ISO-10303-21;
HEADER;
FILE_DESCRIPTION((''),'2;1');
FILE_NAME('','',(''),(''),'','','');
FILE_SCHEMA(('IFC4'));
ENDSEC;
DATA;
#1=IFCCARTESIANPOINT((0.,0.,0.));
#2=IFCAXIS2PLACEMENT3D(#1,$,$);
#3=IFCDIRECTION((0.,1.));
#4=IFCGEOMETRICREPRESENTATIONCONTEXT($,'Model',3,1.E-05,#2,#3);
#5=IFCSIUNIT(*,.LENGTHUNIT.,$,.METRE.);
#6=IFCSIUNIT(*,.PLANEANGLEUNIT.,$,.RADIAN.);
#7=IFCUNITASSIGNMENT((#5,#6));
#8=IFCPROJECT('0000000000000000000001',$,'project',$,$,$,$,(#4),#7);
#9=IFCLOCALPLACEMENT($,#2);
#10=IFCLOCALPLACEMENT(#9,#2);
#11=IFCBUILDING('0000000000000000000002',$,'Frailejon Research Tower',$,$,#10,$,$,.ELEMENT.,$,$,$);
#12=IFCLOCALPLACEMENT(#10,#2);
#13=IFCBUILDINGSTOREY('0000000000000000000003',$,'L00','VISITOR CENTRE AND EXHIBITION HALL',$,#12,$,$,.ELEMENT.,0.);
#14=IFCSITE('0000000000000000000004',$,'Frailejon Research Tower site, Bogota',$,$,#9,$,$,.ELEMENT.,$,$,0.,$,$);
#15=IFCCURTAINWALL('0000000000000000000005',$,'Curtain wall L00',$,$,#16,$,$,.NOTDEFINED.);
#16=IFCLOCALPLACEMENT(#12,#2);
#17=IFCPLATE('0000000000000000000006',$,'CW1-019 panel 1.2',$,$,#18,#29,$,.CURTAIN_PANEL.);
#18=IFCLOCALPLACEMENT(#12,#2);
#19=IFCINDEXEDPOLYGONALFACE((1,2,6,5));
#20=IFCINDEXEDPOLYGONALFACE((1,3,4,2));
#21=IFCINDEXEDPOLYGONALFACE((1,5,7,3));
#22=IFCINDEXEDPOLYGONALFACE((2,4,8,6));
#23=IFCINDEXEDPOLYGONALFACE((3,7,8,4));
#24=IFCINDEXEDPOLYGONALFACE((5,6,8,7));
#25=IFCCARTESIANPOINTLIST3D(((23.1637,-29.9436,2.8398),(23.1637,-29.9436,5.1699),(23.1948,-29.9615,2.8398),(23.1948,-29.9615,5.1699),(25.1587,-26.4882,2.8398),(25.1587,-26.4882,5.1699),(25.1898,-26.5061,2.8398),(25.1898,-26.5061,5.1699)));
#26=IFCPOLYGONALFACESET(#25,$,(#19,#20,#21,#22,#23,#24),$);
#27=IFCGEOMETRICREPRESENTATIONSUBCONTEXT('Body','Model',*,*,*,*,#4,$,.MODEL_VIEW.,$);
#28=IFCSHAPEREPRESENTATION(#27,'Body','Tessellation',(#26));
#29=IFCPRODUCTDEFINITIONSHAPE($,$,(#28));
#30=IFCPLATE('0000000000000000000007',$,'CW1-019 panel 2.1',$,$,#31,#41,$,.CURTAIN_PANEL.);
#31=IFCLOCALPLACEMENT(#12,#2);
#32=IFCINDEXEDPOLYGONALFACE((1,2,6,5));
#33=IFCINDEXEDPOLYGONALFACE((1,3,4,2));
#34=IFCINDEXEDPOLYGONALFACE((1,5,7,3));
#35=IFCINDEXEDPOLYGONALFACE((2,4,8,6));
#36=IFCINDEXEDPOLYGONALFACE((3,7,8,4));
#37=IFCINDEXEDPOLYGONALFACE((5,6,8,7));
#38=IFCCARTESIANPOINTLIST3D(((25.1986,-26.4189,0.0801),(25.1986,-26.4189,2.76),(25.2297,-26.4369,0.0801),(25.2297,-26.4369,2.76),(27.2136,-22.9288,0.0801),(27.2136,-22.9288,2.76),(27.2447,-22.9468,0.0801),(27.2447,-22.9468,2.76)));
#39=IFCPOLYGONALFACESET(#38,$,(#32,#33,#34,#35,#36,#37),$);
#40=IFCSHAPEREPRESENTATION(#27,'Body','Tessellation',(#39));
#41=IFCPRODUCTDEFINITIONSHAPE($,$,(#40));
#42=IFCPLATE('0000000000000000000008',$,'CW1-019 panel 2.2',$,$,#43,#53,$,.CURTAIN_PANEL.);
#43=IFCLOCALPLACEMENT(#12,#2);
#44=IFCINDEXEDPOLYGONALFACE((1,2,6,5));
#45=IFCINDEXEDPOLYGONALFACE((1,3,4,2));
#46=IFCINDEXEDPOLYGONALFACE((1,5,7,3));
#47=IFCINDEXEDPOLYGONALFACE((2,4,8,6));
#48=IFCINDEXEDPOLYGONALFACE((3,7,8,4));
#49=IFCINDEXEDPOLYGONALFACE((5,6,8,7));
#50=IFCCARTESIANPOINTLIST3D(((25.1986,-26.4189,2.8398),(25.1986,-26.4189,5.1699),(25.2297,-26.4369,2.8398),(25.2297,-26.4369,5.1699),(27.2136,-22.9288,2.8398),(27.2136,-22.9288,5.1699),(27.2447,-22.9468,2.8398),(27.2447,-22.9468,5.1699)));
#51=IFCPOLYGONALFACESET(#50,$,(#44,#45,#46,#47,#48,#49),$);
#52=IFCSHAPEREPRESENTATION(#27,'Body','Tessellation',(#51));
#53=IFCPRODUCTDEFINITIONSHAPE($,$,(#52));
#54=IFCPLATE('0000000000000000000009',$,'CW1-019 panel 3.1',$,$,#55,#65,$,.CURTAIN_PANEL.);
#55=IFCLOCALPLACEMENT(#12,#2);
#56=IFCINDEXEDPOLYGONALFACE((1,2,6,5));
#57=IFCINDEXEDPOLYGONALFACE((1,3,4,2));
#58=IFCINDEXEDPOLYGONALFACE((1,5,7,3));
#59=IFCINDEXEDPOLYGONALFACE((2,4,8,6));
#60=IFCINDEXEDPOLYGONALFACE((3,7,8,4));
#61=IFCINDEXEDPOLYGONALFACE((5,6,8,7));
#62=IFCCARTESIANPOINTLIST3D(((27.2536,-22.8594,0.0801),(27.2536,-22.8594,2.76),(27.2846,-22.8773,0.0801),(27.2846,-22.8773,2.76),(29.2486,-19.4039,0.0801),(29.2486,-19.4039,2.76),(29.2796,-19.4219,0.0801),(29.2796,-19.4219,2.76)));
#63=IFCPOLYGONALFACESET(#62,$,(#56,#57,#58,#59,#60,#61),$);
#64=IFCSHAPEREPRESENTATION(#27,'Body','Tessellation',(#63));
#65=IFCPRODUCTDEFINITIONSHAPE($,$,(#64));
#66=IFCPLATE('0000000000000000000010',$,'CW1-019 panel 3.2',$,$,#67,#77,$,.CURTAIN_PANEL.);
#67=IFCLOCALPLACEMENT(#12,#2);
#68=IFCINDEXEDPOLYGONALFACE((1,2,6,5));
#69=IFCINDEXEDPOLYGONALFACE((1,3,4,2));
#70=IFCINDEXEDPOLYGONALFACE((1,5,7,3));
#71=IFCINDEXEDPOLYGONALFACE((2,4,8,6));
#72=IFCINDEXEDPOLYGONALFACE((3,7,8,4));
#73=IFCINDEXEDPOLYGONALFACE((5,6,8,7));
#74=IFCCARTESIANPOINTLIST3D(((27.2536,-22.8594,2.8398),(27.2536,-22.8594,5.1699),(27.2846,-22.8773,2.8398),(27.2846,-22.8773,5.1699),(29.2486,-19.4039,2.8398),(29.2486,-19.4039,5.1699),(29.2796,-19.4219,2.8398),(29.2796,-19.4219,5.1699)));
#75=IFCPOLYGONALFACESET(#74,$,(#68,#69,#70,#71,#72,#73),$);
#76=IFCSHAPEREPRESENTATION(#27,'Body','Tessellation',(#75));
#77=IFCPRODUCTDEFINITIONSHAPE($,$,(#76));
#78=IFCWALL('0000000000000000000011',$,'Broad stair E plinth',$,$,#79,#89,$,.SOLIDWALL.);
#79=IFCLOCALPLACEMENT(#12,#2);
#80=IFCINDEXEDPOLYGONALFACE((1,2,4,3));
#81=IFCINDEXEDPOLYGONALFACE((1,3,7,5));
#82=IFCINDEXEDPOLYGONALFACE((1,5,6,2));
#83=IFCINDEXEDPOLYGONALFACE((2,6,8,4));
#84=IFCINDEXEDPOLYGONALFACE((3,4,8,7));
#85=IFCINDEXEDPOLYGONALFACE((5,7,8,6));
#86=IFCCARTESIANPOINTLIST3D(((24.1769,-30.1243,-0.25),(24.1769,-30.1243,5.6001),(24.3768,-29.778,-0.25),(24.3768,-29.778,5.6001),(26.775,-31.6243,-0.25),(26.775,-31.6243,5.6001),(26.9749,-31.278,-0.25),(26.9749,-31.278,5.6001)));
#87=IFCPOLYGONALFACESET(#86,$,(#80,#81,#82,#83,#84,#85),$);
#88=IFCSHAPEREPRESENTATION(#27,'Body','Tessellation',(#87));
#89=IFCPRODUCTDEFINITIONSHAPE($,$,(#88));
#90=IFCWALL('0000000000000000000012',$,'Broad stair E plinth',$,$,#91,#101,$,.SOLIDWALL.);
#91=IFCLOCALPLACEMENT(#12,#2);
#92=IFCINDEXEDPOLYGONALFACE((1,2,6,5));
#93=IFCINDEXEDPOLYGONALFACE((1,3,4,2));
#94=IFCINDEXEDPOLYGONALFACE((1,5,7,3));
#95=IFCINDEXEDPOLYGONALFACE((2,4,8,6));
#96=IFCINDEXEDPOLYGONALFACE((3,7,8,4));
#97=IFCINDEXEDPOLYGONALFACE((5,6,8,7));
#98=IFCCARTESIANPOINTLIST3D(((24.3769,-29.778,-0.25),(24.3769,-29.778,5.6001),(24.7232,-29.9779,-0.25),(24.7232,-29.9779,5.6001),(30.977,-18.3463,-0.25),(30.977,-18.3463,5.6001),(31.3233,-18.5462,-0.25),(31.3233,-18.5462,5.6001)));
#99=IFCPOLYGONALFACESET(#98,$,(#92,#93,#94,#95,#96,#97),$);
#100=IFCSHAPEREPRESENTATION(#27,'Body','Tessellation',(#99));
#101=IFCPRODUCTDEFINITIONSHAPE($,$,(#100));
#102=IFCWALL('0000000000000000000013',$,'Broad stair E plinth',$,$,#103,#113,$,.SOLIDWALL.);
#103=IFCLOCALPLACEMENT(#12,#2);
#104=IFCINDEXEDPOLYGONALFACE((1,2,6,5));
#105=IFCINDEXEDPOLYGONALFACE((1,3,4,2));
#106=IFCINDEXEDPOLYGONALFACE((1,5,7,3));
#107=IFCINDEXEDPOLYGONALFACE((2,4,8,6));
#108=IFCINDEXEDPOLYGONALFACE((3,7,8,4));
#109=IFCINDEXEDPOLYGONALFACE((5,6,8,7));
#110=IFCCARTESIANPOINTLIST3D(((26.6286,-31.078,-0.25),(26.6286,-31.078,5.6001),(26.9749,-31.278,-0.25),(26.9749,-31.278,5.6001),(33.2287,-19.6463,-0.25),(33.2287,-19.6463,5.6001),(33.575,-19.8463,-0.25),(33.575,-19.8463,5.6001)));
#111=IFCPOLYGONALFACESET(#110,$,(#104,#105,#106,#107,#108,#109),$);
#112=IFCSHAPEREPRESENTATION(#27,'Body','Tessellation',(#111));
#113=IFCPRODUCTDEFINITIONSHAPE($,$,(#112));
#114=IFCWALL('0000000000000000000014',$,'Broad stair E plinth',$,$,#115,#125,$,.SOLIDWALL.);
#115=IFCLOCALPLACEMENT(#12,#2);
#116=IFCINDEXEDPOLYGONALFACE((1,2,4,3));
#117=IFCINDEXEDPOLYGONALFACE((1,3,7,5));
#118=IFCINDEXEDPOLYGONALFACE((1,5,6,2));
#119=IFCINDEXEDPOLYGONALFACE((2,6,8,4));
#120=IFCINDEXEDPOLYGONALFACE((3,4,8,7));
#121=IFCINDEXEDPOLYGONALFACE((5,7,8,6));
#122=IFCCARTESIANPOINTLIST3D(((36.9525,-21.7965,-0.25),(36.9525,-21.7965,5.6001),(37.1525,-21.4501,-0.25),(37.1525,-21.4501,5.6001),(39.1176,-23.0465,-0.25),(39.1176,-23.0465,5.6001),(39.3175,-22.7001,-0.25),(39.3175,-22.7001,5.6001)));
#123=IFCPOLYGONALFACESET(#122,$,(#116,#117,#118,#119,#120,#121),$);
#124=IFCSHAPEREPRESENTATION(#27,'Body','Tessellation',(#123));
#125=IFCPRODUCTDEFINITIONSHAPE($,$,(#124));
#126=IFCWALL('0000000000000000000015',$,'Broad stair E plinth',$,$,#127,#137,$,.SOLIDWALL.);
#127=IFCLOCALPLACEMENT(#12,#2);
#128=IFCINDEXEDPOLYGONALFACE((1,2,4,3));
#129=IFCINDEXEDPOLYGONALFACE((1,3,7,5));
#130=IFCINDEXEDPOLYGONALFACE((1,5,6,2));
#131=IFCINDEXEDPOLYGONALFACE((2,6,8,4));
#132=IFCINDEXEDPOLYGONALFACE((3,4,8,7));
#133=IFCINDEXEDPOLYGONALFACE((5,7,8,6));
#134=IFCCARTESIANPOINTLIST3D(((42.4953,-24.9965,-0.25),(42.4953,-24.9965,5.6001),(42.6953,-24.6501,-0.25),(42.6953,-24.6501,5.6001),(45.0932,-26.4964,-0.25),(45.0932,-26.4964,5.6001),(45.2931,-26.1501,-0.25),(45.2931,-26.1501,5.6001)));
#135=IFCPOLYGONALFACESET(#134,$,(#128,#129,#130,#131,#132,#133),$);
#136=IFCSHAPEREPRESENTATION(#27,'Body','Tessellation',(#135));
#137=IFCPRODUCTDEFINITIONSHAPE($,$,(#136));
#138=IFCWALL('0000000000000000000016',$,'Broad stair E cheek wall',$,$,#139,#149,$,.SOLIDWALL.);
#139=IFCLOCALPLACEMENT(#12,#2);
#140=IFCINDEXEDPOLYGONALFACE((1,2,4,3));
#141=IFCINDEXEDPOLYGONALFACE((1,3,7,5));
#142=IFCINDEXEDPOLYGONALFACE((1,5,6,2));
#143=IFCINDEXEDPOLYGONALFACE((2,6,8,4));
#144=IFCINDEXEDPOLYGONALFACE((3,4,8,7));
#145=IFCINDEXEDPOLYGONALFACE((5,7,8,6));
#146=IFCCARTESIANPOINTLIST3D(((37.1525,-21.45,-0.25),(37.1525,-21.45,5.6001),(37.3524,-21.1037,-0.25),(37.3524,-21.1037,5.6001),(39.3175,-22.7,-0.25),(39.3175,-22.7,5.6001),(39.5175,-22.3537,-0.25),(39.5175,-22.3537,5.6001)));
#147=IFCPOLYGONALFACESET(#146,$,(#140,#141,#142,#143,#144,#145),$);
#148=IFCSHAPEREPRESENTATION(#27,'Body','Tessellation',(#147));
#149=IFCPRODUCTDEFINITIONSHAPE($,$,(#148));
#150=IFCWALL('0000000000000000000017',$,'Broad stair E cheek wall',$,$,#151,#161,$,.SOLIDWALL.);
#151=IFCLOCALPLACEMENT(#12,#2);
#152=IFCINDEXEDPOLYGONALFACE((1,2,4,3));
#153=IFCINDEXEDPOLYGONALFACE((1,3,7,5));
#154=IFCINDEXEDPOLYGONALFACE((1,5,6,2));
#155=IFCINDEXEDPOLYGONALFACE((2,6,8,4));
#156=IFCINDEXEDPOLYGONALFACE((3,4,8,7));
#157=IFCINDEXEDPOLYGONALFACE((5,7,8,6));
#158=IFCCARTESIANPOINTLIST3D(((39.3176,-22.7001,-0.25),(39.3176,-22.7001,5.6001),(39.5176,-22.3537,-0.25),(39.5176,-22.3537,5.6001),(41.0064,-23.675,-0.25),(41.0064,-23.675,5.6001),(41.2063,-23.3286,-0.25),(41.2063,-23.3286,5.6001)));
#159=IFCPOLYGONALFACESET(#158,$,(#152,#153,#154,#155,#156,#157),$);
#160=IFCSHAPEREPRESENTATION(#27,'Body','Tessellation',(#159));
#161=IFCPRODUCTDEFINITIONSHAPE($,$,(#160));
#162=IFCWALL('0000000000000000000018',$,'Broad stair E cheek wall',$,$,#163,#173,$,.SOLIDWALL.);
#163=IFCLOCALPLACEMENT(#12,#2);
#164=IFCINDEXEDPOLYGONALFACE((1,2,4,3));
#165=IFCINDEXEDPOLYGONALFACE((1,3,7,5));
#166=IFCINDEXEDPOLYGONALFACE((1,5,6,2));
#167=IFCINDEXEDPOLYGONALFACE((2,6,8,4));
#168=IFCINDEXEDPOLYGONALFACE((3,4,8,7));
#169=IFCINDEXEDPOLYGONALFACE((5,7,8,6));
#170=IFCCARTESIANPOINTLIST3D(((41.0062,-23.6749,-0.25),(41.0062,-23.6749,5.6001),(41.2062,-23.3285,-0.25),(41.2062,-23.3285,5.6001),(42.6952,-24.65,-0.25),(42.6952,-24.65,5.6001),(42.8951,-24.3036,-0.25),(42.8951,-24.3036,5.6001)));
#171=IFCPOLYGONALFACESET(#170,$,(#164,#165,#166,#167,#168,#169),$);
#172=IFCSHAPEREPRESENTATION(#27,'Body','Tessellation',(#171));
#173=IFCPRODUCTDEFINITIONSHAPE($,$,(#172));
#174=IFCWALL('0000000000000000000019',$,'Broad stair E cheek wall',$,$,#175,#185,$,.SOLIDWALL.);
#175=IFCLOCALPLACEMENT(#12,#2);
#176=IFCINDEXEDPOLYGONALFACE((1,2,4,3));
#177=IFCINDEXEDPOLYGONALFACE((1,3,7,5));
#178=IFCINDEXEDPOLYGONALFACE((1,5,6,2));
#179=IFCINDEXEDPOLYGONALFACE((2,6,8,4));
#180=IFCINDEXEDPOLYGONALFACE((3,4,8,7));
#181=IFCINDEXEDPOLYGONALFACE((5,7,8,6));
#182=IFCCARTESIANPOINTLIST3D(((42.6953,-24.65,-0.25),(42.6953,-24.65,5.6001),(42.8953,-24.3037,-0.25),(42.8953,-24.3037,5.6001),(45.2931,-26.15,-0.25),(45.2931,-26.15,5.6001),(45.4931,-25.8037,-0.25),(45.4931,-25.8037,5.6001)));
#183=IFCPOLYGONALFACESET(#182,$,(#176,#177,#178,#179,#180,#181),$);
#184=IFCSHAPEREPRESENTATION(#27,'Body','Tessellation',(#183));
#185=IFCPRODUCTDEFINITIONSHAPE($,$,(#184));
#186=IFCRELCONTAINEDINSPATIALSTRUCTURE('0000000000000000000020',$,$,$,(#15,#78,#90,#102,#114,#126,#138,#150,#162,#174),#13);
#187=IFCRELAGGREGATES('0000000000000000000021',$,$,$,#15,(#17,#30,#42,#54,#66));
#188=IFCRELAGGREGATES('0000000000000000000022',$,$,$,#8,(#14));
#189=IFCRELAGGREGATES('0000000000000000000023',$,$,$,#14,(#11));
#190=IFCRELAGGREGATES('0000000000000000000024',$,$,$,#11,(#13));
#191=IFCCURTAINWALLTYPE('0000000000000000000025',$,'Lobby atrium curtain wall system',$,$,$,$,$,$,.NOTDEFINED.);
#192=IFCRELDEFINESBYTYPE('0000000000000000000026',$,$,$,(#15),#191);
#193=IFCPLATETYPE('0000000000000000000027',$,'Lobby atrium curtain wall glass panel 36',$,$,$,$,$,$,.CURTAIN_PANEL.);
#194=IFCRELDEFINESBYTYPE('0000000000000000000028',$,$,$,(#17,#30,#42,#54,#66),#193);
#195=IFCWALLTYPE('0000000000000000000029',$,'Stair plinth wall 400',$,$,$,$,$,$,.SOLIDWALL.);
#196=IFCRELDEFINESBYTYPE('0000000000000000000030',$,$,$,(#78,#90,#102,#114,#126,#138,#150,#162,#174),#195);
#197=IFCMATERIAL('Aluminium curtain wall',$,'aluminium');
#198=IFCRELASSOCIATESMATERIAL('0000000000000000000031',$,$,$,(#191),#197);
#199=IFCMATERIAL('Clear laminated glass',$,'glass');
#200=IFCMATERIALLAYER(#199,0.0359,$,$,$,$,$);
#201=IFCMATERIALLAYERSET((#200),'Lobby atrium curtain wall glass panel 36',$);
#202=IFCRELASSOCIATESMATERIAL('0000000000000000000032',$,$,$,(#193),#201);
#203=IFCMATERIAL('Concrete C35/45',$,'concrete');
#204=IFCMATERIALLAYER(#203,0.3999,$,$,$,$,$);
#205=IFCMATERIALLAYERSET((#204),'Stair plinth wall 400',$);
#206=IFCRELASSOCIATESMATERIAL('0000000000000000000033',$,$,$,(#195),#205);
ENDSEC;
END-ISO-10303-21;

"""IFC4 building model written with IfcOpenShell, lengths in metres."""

from ifc_helpers import new_model, si_unit, direction, frame, frame_2d, origin, origin_2d, place, context, subcontext, project, spatial, rectangle, extrude, material, layer, layer_set, type_object, element, aggregate, save


model = new_model("IFC4")

# Units and contexts
model_context = context("Model", 3, precision=1e-05, world=origin(), true_north=direction((0.0, 1.0)))
body_context = subcontext(model_context, "Body", "Model", "MODEL_VIEW")
ifc_project = project(units=[si_unit("LENGTHUNIT", "METRE"), si_unit("PLANEANGLEUNIT", "RADIAN")], contexts=[model_context])

# Site, building, storey
site_placement = place(None, origin())
site = spatial("IfcSite", under=ifc_project, at=site_placement, Name="Frailejon Research Tower site, Bogota", CompositionType="ELEMENT", RefElevation=0.0)
building_placement = place(site_placement, origin())
building = spatial("IfcBuilding", under=site, at=building_placement, Name="Frailejon Research Tower", CompositionType="ELEMENT")
storey_placement = place(building_placement, origin())
storey = spatial("IfcBuildingStorey", under=building, at=storey_placement, Name="L00", Description="VISITOR CENTRE AND EXHIBITION HALL", CompositionType="ELEMENT", Elevation=0.0)

# Curtain wall, plates
ifc_material_1 = material(Name="Aluminium curtain wall", Category="aluminium")
curtain_wall_type = type_object("IfcCurtainWallType", Name="Lobby atrium curtain wall system", PredefinedType="NOTDEFINED", material=ifc_material_1)
curtain_wall_placement = place(storey_placement, origin())
curtain_wall = element("IfcCurtainWall", 1, at=curtain_wall_placement, inside=storey, type_object=curtain_wall_type, Name="Curtain wall L00", PredefinedType="NOTDEFINED")
ifc_material_2 = material(Name="Clear laminated glass", Category="glass")
ifc_layer_1 = layer(ifc_material_2, 0.0359)
ifc_layer_set_1 = layer_set([ifc_layer_1], Name="Lobby atrium curtain wall glass panel 36")
plate_type = type_object("IfcPlateType", Name="Lobby atrium curtain wall glass panel 36", PredefinedType="CURTAIN_PANEL", material=ifc_layer_set_1)
plate_1_placement = place(storey_placement, frame((24.1768, -28.2249, 2.8398), z_axis=(0.0, 0.0, 1.0), x_axis=(0.5, 0.866026, 0.0)))
plate_1 = element("IfcPlate", 2, at=plate_1_placement, type_object=plate_type, Name="CW1-019 panel 1.2", PredefinedType="CURTAIN_PANEL", context=body_context, shape_type="SweptSolid", body=[
    extrude(rectangle(XDim=3.99, YDim=0.0359, at=origin_2d()), origin(), (0.0, 0.0, 1.0), 2.3301),
])
plate_2_placement = place(storey_placement, frame((26.2217, -24.6829, 0.0801), z_axis=(0.0, 0.0, 1.0), x_axis=(0.5, 0.866026, 0.0)))
plate_2 = element("IfcPlate", 3, at=plate_2_placement, type_object=plate_type, Name="CW1-019 panel 2.1", PredefinedType="CURTAIN_PANEL", context=body_context, shape_type="SweptSolid", body=[
    extrude(rectangle(XDim=4.03, YDim=0.0359, at=origin_2d()), origin(), (0.0, 0.0, 1.0), 2.6799),
])
plate_3_placement = place(storey_placement, frame((26.2217, -24.6829, 2.8398), z_axis=(0.0, 0.0, 1.0), x_axis=(0.5, 0.866026, 0.0)))
plate_3 = element("IfcPlate", 4, at=plate_3_placement, type_object=plate_type, Name="CW1-019 panel 2.2", PredefinedType="CURTAIN_PANEL", context=body_context, shape_type="SweptSolid", body=[
    extrude(rectangle(XDim=4.03, YDim=0.0359, at=origin_2d()), origin(), (0.0, 0.0, 1.0), 2.3301),
])
plate_4_placement = place(storey_placement, frame((28.2666, -21.1406, 0.0801), z_axis=(0.0, 0.0, 1.0), x_axis=(0.5, 0.866026, 0.0)))
plate_4 = element("IfcPlate", 5, at=plate_4_placement, type_object=plate_type, Name="CW1-019 panel 3.1", PredefinedType="CURTAIN_PANEL", context=body_context, shape_type="SweptSolid", body=[
    extrude(rectangle(XDim=3.99, YDim=0.0359, at=origin_2d()), origin(), (0.0, 0.0, 1.0), 2.6799),
])
plate_5_placement = place(storey_placement, frame((28.2666, -21.1406, 2.8398), z_axis=(0.0, 0.0, 1.0), x_axis=(0.5, 0.866026, 0.0)))
plate_5 = element("IfcPlate", 6, at=plate_5_placement, type_object=plate_type, Name="CW1-019 panel 3.2", PredefinedType="CURTAIN_PANEL", context=body_context, shape_type="SweptSolid", body=[
    extrude(rectangle(XDim=3.99, YDim=0.0359, at=origin_2d()), origin(), (0.0, 0.0, 1.0), 2.3301),
])
aggregate(curtain_wall, [plate_1, plate_2, plate_3, plate_4, plate_5])

# Walls
ifc_material_3 = material(Name="Concrete C35/45", Category="concrete")
ifc_layer_2 = layer(ifc_material_3, 0.3999)
ifc_layer_set_2 = layer_set([ifc_layer_2], Name="Stair plinth wall 400")
wall_type = type_object("IfcWallType", Name="Stair plinth wall 400", PredefinedType="SOLIDWALL", material=ifc_layer_set_2)
wall_1_placement = place(storey_placement, frame((24.2769, -29.9512, -0.25), z_axis=(0.0, 0.0, 1.0), x_axis=(0.866031, -0.49999, 0.0)))
element("IfcWall", 7, at=wall_1_placement, inside=storey, type_object=wall_type, Name="Broad stair E plinth", PredefinedType="SOLIDWALL", context=body_context, shape_type="SweptSolid", body=[
    extrude(rectangle(XDim=3.0, YDim=0.3999, at=frame_2d((1.5, 0.0))), origin(), (0.0, 0.0, 1.0), 5.8501),
])
for number, where, z_axis, x_axis, name in (
    (8, (24.55, -29.8779, -0.25), (0.0, 0.0, 1.0), (0.500002, 0.866024, 0.0), "Broad stair E plinth"),
    (9, (26.8018, -31.178, -0.25), (0.0, 0.0, 1.0), (0.500002, 0.866024, 0.0), "Broad stair E plinth"),
):
    element("IfcWall", number, at=place(storey_placement, frame(where, z_axis=z_axis, x_axis=x_axis)), inside=storey, type_object=wall_type, Name=name, PredefinedType="SOLIDWALL", context=body_context, shape_type="SweptSolid", body=[
        extrude(rectangle(XDim=13.2002, YDim=0.3999, at=frame_2d((6.6001, 0.0))), origin(), (0.0, 0.0, 1.0), 5.8501),
    ])
wall_2_placement = place(storey_placement, frame((37.0525, -21.6233, -0.25), z_axis=(0.0, 0.0, 1.0), x_axis=(0.866023, -0.500004, 0.0)))
element("IfcWall", 10, at=wall_2_placement, inside=storey, type_object=wall_type, Name="Broad stair E plinth", PredefinedType="SOLIDWALL", context=body_context, shape_type="SweptSolid", body=[
    extrude(rectangle(XDim=2.5, YDim=0.3999, at=frame_2d((1.25, 0.0))), origin(), (0.0, 0.0, 1.0), 5.8501),
])
wall_3_placement = place(storey_placement, frame((42.5952, -24.8232, -0.25), z_axis=(0.0, 0.0, 1.0), x_axis=(0.866011, -0.500025, 0.0)))
element("IfcWall", 11, at=wall_3_placement, inside=storey, type_object=wall_type, Name="Broad stair E plinth", PredefinedType="SOLIDWALL", context=body_context, shape_type="SweptSolid", body=[
    extrude(rectangle(XDim=2.9998, YDim=0.3999, at=frame_2d((1.5, 0.0))), origin(), (0.0, 0.0, 1.0), 5.8501),
])
wall_4_placement = place(storey_placement, frame((37.2524, -21.2769, -0.25), z_axis=(0.0, 0.0, 1.0), x_axis=(0.866023, -0.500004, 0.0)))
element("IfcWall", 12, at=wall_4_placement, inside=storey, type_object=wall_type, Name="Broad stair E cheek wall", PredefinedType="SOLIDWALL", context=body_context, shape_type="SweptSolid", body=[
    extrude(rectangle(XDim=2.5, YDim=0.3999, at=frame_2d((1.25, 0.0))), origin(), (0.0, 0.0, 1.0), 5.8501),
])
wall_5_placement = place(storey_placement, frame((39.4175, -22.5269, -0.25), z_axis=(0.0, 0.0, 1.0), x_axis=(0.866054, -0.49995, 0.0)))
element("IfcWall", 13, at=wall_5_placement, inside=storey, type_object=wall_type, Name="Broad stair E cheek wall", PredefinedType="SOLIDWALL", context=body_context, shape_type="SweptSolid", body=[
    extrude(rectangle(XDim=1.95, YDim=0.3999, at=frame_2d((0.9751, 0.0))), origin(), (0.0, 0.0, 1.0), 5.8501),
])
wall_6_placement = place(storey_placement, frame((41.1062, -23.5017, -0.25), z_axis=(0.0, 0.0, 1.0), x_axis=(0.866031, -0.49999, 0.0)))
element("IfcWall", 14, at=wall_6_placement, inside=storey, type_object=wall_type, Name="Broad stair E cheek wall", PredefinedType="SOLIDWALL", context=body_context, shape_type="SweptSolid", body=[
    extrude(rectangle(XDim=1.9502, YDim=0.3999, at=frame_2d((0.9751, 0.0))), origin(), (0.0, 0.0, 1.0), 5.8501),
])
wall_7_placement = place(storey_placement, frame((42.7952, -24.4768, -0.25), z_axis=(0.0, 0.0, 1.0), x_axis=(0.866011, -0.500025, 0.0)))
element("IfcWall", 15, at=wall_7_placement, inside=storey, type_object=wall_type, Name="Broad stair E cheek wall", PredefinedType="SOLIDWALL", context=body_context, shape_type="SweptSolid", body=[
    extrude(rectangle(XDim=2.9998, YDim=0.3999, at=frame_2d((1.5, 0.0))), origin(), (0.0, 0.0, 1.0), 5.8501),
])

save(model, "model.ifc")
